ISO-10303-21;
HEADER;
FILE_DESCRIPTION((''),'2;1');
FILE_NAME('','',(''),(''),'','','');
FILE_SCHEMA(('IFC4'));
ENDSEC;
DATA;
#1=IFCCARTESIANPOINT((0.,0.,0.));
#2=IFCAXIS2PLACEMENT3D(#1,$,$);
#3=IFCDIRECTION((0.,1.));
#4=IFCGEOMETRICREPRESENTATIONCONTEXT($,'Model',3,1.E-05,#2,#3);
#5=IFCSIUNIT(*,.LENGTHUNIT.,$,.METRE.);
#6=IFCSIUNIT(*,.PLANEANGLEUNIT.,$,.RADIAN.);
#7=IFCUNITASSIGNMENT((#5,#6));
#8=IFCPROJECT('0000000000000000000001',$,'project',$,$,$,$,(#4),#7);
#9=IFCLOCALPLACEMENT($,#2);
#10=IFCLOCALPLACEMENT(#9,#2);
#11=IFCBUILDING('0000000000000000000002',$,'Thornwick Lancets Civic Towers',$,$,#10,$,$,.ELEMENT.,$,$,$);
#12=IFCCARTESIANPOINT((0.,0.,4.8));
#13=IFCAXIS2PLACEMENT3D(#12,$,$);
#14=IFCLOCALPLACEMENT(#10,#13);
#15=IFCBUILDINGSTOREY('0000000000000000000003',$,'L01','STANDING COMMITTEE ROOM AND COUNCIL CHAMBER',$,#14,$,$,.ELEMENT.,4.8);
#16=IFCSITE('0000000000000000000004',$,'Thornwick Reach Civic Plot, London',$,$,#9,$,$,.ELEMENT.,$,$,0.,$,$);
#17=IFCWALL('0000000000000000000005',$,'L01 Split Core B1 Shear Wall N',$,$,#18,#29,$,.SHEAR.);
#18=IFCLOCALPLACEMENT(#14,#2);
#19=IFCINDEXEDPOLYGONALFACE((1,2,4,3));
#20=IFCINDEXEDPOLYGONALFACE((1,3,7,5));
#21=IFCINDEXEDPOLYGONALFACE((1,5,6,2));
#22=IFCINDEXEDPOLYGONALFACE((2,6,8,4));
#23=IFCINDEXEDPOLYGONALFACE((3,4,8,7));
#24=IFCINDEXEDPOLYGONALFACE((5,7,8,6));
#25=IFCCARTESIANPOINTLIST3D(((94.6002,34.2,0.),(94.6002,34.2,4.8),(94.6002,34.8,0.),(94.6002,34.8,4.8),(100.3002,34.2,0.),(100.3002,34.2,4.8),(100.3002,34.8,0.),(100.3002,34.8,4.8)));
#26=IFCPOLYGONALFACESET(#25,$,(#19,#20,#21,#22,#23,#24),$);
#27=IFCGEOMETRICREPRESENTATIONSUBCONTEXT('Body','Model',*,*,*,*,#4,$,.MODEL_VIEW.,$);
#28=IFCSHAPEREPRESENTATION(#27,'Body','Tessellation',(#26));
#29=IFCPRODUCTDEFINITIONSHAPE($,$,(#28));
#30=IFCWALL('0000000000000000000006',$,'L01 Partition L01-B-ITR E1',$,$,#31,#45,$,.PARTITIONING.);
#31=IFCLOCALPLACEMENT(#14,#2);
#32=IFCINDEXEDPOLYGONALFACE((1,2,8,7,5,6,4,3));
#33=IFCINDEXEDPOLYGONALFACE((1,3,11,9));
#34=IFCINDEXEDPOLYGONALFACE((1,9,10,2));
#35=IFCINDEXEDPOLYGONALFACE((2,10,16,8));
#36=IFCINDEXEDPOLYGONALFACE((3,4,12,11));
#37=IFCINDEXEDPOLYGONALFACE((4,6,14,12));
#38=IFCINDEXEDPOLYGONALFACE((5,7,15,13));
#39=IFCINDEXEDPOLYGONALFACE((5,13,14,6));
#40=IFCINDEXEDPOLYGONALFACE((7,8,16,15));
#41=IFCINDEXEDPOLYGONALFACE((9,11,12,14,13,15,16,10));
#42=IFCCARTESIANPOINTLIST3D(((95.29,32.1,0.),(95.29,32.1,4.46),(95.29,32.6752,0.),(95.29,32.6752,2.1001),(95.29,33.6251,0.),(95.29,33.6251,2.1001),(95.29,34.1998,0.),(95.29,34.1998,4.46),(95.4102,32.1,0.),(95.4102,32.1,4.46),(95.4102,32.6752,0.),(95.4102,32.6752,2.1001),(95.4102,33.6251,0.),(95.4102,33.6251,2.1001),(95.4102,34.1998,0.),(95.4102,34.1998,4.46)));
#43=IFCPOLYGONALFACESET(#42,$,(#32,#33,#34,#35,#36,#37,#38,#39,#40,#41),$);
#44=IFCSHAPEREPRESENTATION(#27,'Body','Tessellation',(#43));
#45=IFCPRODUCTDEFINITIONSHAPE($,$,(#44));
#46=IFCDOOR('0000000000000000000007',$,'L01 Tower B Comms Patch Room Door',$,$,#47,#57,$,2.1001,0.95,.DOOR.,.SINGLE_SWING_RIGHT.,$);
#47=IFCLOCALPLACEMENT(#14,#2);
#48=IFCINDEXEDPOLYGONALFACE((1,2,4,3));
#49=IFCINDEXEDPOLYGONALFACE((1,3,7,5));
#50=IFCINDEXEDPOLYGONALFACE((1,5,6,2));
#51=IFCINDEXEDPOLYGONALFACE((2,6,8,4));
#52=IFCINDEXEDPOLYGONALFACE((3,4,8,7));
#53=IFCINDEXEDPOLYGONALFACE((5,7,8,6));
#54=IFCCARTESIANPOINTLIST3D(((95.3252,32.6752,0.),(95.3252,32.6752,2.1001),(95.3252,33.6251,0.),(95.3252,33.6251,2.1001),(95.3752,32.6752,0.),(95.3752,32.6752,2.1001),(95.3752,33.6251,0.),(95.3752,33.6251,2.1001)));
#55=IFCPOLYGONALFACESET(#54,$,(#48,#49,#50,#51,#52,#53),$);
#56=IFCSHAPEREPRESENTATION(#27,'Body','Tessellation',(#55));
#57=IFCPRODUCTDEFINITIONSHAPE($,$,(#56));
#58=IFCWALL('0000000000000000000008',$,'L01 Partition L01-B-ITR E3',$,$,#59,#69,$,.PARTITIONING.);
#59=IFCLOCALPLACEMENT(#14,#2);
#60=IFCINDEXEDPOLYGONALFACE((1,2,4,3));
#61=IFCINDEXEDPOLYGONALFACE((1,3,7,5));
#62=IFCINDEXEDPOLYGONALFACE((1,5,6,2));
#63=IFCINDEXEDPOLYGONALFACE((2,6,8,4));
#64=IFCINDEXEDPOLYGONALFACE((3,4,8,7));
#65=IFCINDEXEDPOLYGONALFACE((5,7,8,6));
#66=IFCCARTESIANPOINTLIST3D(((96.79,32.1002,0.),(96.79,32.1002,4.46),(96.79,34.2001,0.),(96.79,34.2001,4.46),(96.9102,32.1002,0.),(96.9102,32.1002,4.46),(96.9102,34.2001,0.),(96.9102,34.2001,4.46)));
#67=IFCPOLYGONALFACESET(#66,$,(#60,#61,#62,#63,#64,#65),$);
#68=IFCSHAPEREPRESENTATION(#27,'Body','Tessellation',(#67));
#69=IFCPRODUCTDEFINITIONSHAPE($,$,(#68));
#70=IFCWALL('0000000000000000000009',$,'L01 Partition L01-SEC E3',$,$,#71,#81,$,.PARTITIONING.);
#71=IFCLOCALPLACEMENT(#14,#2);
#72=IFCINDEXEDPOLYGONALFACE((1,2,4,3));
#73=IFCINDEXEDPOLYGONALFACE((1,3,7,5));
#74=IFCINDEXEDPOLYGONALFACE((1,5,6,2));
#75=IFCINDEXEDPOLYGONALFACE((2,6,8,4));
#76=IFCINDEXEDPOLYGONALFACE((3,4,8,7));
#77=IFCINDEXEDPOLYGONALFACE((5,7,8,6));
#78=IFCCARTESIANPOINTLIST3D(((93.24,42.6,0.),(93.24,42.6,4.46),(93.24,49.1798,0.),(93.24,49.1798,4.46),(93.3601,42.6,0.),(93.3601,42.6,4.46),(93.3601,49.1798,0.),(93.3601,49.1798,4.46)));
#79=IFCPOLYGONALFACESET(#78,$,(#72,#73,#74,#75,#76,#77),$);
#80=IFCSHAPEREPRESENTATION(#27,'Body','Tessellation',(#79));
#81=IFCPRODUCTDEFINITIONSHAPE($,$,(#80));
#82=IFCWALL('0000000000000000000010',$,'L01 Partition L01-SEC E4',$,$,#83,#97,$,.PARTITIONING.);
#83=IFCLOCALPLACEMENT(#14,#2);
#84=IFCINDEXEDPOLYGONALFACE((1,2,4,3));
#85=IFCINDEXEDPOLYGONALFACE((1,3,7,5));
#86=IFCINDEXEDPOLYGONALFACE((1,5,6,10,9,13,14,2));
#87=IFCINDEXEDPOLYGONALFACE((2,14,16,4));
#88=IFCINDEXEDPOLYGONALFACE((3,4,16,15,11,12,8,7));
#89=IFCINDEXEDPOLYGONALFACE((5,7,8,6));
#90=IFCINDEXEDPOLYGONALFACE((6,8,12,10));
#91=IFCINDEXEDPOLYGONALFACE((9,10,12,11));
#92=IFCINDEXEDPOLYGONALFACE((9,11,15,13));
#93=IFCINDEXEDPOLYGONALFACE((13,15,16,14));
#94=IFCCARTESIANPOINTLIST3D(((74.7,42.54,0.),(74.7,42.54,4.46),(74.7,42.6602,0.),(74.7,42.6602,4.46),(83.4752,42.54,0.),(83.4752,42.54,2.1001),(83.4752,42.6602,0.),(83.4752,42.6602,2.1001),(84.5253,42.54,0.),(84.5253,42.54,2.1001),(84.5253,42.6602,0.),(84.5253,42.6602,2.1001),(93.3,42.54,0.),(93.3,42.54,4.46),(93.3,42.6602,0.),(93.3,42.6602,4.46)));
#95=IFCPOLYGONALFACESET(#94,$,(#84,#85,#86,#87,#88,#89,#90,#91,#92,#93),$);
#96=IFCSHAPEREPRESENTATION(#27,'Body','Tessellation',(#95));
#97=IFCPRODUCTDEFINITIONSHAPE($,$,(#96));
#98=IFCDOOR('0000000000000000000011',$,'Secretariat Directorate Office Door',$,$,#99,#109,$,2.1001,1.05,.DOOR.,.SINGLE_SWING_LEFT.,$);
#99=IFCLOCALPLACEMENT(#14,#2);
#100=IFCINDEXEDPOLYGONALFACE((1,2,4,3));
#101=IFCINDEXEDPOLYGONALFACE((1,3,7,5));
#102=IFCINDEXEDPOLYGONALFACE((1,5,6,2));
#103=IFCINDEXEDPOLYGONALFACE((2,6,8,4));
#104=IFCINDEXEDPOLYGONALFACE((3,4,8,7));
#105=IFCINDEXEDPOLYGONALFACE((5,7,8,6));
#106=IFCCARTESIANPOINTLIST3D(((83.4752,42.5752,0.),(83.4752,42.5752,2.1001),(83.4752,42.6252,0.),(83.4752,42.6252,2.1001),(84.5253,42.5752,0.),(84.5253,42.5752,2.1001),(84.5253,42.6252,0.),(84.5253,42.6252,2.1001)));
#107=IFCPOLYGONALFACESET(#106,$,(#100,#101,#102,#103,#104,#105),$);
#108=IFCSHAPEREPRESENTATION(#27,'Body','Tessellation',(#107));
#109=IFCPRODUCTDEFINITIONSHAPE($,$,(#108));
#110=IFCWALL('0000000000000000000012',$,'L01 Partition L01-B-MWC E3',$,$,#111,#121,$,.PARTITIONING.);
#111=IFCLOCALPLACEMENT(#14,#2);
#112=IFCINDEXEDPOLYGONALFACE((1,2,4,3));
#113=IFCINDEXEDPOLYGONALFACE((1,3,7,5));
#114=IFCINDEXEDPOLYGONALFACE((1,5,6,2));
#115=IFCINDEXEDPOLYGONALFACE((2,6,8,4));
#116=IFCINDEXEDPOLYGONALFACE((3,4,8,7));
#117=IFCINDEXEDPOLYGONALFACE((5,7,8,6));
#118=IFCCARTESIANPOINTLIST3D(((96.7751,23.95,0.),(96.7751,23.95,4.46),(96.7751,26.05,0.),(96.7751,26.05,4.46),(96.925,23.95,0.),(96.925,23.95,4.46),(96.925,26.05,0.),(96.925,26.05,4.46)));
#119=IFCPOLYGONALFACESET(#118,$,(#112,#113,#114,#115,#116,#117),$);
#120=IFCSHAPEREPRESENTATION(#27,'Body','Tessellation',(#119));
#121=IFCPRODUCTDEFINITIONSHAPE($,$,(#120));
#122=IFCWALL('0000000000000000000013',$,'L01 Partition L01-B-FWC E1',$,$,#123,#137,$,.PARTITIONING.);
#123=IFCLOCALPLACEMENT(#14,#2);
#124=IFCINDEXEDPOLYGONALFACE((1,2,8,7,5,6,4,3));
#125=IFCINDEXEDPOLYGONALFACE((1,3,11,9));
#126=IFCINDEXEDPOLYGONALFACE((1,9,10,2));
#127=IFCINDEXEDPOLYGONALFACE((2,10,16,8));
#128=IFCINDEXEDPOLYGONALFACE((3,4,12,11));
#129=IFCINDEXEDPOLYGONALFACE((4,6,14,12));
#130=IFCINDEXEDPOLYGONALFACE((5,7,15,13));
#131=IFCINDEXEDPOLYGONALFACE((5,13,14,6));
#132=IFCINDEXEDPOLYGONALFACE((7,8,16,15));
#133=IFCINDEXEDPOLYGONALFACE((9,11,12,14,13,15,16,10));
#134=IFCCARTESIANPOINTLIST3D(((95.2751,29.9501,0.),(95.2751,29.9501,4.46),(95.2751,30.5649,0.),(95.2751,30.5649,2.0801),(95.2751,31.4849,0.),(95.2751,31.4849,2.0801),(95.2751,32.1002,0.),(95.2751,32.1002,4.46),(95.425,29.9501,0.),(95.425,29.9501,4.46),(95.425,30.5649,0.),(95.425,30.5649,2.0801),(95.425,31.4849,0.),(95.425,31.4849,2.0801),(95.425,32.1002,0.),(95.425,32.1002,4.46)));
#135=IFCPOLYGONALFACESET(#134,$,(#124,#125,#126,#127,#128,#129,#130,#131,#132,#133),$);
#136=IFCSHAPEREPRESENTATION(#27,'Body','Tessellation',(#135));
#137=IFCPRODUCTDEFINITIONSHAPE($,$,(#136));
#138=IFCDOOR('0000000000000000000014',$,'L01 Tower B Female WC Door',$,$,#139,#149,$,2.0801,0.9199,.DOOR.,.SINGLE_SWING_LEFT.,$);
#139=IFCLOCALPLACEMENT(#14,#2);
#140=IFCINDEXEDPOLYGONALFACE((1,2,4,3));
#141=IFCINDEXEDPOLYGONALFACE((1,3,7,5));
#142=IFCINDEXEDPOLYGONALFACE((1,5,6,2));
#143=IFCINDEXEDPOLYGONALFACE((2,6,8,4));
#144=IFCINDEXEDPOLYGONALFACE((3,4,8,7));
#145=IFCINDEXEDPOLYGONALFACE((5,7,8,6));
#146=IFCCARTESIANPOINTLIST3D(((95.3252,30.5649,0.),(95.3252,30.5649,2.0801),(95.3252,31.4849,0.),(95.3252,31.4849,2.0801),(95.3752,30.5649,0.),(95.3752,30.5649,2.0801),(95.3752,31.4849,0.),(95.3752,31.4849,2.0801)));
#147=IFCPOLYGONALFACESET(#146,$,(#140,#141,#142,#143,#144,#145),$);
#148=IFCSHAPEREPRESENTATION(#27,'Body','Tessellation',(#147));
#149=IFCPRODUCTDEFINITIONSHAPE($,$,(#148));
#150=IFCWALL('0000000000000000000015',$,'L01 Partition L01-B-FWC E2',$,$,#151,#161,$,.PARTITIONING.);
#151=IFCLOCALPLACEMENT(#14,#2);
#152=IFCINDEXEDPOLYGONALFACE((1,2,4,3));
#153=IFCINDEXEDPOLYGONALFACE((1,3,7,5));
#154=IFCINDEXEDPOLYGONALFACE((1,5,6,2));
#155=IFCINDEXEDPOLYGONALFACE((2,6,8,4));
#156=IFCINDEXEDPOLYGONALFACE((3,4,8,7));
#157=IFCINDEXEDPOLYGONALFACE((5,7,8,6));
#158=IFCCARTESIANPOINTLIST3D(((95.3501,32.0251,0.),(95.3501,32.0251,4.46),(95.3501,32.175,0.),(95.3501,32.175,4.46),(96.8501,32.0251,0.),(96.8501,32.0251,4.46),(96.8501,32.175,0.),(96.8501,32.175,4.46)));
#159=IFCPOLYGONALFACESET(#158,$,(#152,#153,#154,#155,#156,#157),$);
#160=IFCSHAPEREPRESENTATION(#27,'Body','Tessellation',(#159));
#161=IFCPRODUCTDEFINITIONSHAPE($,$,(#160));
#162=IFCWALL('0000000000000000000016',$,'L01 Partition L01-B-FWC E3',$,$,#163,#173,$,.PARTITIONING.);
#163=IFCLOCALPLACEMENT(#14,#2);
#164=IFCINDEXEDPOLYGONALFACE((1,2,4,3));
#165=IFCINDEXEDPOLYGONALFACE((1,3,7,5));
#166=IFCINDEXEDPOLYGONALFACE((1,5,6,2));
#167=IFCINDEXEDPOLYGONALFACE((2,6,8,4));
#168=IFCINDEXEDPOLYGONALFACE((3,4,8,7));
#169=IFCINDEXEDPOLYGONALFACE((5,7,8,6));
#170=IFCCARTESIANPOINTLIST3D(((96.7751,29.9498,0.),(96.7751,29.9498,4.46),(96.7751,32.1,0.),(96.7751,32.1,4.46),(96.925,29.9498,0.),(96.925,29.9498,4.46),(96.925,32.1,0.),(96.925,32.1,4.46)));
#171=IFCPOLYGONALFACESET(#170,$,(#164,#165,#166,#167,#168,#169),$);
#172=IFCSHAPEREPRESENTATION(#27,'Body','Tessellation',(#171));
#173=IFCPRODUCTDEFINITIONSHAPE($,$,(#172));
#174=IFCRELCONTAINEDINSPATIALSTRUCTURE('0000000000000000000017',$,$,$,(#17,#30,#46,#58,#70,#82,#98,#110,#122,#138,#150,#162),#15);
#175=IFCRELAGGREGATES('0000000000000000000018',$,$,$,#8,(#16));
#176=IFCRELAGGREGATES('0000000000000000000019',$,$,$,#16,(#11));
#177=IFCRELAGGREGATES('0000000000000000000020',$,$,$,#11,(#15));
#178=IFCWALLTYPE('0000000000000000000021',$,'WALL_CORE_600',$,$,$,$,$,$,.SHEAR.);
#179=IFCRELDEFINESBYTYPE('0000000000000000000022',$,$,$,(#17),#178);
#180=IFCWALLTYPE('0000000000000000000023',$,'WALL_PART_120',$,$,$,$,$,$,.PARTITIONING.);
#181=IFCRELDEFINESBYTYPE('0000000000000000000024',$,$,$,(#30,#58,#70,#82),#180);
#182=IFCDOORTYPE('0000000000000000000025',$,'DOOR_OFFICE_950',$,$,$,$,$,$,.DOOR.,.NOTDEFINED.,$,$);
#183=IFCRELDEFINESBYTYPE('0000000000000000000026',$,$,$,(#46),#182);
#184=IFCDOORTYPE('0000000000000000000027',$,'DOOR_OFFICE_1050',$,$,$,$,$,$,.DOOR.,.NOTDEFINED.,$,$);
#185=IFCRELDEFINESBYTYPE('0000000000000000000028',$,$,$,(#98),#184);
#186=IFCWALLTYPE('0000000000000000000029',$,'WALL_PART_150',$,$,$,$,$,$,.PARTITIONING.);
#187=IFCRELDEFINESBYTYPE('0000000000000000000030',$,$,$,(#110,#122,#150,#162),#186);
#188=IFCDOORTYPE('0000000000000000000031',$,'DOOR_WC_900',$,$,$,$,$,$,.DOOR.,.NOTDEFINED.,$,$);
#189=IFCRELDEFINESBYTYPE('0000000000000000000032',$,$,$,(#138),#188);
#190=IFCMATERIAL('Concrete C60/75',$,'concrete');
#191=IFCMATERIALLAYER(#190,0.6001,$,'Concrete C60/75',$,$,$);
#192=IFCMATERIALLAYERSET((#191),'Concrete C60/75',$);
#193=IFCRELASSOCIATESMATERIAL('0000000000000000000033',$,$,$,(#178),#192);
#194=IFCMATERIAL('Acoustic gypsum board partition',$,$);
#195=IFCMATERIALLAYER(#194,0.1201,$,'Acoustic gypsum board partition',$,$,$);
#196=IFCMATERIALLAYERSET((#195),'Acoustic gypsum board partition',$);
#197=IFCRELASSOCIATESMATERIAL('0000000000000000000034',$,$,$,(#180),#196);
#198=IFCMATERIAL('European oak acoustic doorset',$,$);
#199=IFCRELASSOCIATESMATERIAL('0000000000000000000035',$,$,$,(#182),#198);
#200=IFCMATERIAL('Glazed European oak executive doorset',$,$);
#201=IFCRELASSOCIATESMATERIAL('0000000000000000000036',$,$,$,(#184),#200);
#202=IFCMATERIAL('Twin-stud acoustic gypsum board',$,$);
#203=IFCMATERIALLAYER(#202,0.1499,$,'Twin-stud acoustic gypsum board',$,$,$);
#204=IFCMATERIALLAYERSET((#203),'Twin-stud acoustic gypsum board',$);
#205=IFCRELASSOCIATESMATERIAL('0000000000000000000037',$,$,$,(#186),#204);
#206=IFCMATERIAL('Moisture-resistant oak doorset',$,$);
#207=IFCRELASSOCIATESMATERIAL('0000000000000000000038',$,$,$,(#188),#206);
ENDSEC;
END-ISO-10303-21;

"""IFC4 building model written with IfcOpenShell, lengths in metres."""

from ifc_helpers import new_model, si_unit, direction, frame, frame_2d, origin, place, context, subcontext, project, spatial, rectangle, extrude, material, layer, layer_set, type_object, element, fill, save


model = new_model("IFC4")

# Units and contexts
model_context = context("Model", 3, precision=1e-05, world=origin(), true_north=direction((0.0, 1.0)))
body_context = subcontext(model_context, "Body", "Model", "MODEL_VIEW")
ifc_project = project(units=[si_unit("LENGTHUNIT", "METRE"), si_unit("PLANEANGLEUNIT", "RADIAN")], contexts=[model_context])

# Site, building, storey
site_placement = place(None, origin())
site = spatial("IfcSite", under=ifc_project, at=site_placement, Name="Thornwick Reach Civic Plot, London", CompositionType="ELEMENT", RefElevation=0.0)
building_placement = place(site_placement, origin())
building = spatial("IfcBuilding", under=site, at=building_placement, Name="Thornwick Lancets Civic Towers", CompositionType="ELEMENT")
storey_placement = place(building_placement, frame((0.0, 0.0, 4.8)))
storey = spatial("IfcBuildingStorey", under=building, at=storey_placement, Name="L01", Description="STANDING COMMITTEE ROOM AND COUNCIL CHAMBER", CompositionType="ELEMENT", Elevation=4.8)

# Shared definitions
ifc_material_1 = material(Name="Concrete C60/75", Category="concrete")

# Wall
ifc_layer_1 = layer(ifc_material_1, 0.6001, Name="Concrete C60/75")
ifc_layer_set_1 = layer_set([ifc_layer_1], Name="Concrete C60/75")
wall_type_1 = type_object("IfcWallType", Name="WALL_CORE_600", PredefinedType="SHEAR", material=ifc_layer_set_1)
wall_1_placement = place(storey_placement, frame((94.6001, 34.5, 0.0), z_axis=(0.0, 0.0, 1.0), x_axis=(1.0, 0.0, 0.0)))
element("IfcWall", 1, at=wall_1_placement, inside=storey, type_object=wall_type_1, Name="L01 Split Core B1 Shear Wall N", PredefinedType="SHEAR", context=body_context, shape_type="SweptSolid", body=[
    extrude(rectangle(XDim=5.7, YDim=0.6001, at=frame_2d((2.8501, 0.0))), origin(), (0.0, 0.0, 1.0), 4.8),
])

# Wall, opening, door
ifc_material_2 = material(Name="Acoustic gypsum board partition")
ifc_layer_2 = layer(ifc_material_2, 0.1201, Name="Acoustic gypsum board partition")
ifc_layer_set_2 = layer_set([ifc_layer_2], Name="Acoustic gypsum board partition")
wall_type_2 = type_object("IfcWallType", Name="WALL_PART_120", PredefinedType="PARTITIONING", material=ifc_layer_set_2)
wall_2_placement = place(storey_placement, frame((95.3501, 32.1001, 0.0), z_axis=(0.0, 0.0, 1.0), x_axis=(0.0, 1.0, 0.0)))
wall_2 = element("IfcWall", 2, at=wall_2_placement, inside=storey, type_object=wall_type_2, Name="L01 Partition L01-B-ITR E1", PredefinedType="PARTITIONING", context=body_context, shape_type="SweptSolid", body=[
    extrude(rectangle(XDim=2.0999, YDim=0.1201, at=frame_2d((1.0498, 0.0))), origin(), (0.0, 0.0, 1.0), 4.46),
])
opening_1_placement = place(wall_2_placement, frame((0.575, 0.0, 0.0)))
opening_1 = element("IfcOpeningElement", 3, at=opening_1_placement, cuts=wall_2, PredefinedType="OPENING", context=body_context, shape_type="SweptSolid", body=[
    extrude(rectangle(XDim=0.95, YDim=2.1001, at=frame_2d((0.4751, 1.05))), frame((0.0, 0.0701, 0.0), z_axis=(0.0, -1.0, 0.0), x_axis=(1.0, 0.0, 0.0)), (0.0, 0.0, 1.0), 0.1401),
])
ifc_material_3 = material(Name="European oak acoustic doorset")
door_type_1 = type_object("IfcDoorType", Name="DOOR_OFFICE_950", OperationType="NOTDEFINED", PredefinedType="DOOR", material=ifc_material_3)
door_1_placement = place(opening_1_placement, origin())
door_1 = element("IfcDoor", 4, at=door_1_placement, inside=storey, type_object=door_type_1, Name="L01 Tower B Comms Patch Room Door", OperationType="SINGLE_SWING_RIGHT", OverallHeight=2.1001, OverallWidth=0.95, PredefinedType="DOOR", context=body_context, shape_type="SweptSolid", body=[
    extrude(rectangle(XDim=0.95, YDim=2.1001, at=frame_2d((0.4751, 1.05))), frame((0.0, 0.0249, 0.0), z_axis=(0.0, -1.0, 0.0), x_axis=(1.0, 0.0, 0.0)), (0.0, 0.0, 1.0), 0.05),
])
fill(opening_1, door_1)

# Walls
wall_3_placement = place(storey_placement, frame((96.8501, 34.2, 0.0), z_axis=(0.0, 0.0, 1.0), x_axis=(0.0, -1.0, 0.0)))
element("IfcWall", 5, at=wall_3_placement, inside=storey, type_object=wall_type_2, Name="L01 Partition L01-B-ITR E3", PredefinedType="PARTITIONING", context=body_context, shape_type="SweptSolid", body=[
    extrude(rectangle(XDim=2.0999, YDim=0.1201, at=frame_2d((1.0498, 0.0))), origin(), (0.0, 0.0, 1.0), 4.46),
])
wall_4_placement = place(storey_placement, frame((93.3, 49.1799, 0.0), z_axis=(0.0, 0.0, 1.0), x_axis=(0.0, -1.0, 0.0)))
element("IfcWall", 6, at=wall_4_placement, inside=storey, type_object=wall_type_2, Name="L01 Partition L01-SEC E3", PredefinedType="PARTITIONING", context=body_context, shape_type="SweptSolid", body=[
    extrude(rectangle(XDim=6.5798, YDim=0.1201, at=frame_2d((3.29, 0.0))), origin(), (0.0, 0.0, 1.0), 4.46),
])

# Wall, opening, door
wall_5_placement = place(storey_placement, frame((93.3, 42.6001, 0.0), z_axis=(0.0, 0.0, 1.0), x_axis=(-1.0, 0.0, 0.0)))
wall_5 = element("IfcWall", 7, at=wall_5_placement, inside=storey, type_object=wall_type_2, Name="L01 Partition L01-SEC E4", PredefinedType="PARTITIONING", context=body_context, shape_type="SweptSolid", body=[
    extrude(rectangle(XDim=18.6001, YDim=0.1201, at=frame_2d((9.3, 0.0))), origin(), (0.0, 0.0, 1.0), 4.46),
])
opening_2_placement = place(wall_5_placement, frame((8.7749, 0.0, 0.0)))
opening_2 = element("IfcOpeningElement", 8, at=opening_2_placement, cuts=wall_5, PredefinedType="OPENING", context=body_context, shape_type="SweptSolid", body=[
    extrude(rectangle(XDim=1.05, YDim=2.1001, at=frame_2d((0.5249, 1.05))), frame((0.0, 0.0701, 0.0), z_axis=(0.0, -1.0, 0.0), x_axis=(1.0, 0.0, 0.0)), (0.0, 0.0, 1.0), 0.1401),
])
ifc_material_4 = material(Name="Glazed European oak executive doorset")
door_type_2 = type_object("IfcDoorType", Name="DOOR_OFFICE_1050", OperationType="NOTDEFINED", PredefinedType="DOOR", material=ifc_material_4)
door_2_placement = place(opening_2_placement, origin())
door_2 = element("IfcDoor", 9, at=door_2_placement, inside=storey, type_object=door_type_2, Name="Secretariat Directorate Office Door", OperationType="SINGLE_SWING_LEFT", OverallHeight=2.1001, OverallWidth=1.05, PredefinedType="DOOR", context=body_context, shape_type="SweptSolid", body=[
    extrude(rectangle(XDim=1.05, YDim=2.1001, at=frame_2d((0.5249, 1.05))), frame((0.0, 0.0249, 0.0), z_axis=(0.0, -1.0, 0.0), x_axis=(1.0, 0.0, 0.0)), (0.0, 0.0, 1.0), 0.05),
])
fill(opening_2, door_2)

# Wall
ifc_material_5 = material(Name="Twin-stud acoustic gypsum board")
ifc_layer_3 = layer(ifc_material_5, 0.1499, Name="Twin-stud acoustic gypsum board")
ifc_layer_set_3 = layer_set([ifc_layer_3], Name="Twin-stud acoustic gypsum board")
wall_type_3 = type_object("IfcWallType", Name="WALL_PART_150", PredefinedType="PARTITIONING", material=ifc_layer_set_3)
wall_6_placement = place(storey_placement, frame((96.8501, 26.05, 0.0), z_axis=(0.0, 0.0, 1.0), x_axis=(0.0, -1.0, 0.0)))
element("IfcWall", 10, at=wall_6_placement, inside=storey, type_object=wall_type_3, Name="L01 Partition L01-B-MWC E3", PredefinedType="PARTITIONING", context=body_context, shape_type="SweptSolid", body=[
    extrude(rectangle(XDim=2.1001, YDim=0.1499, at=frame_2d((1.05, 0.0))), origin(), (0.0, 0.0, 1.0), 4.46),
])

# Wall, opening, door
wall_7_placement = place(storey_placement, frame((95.3501, 29.95, 0.0), z_axis=(0.0, 0.0, 1.0), x_axis=(0.0, 1.0, 0.0)))
wall_7 = element("IfcWall", 11, at=wall_7_placement, inside=storey, type_object=wall_type_3, Name="L01 Partition L01-B-FWC E1", PredefinedType="PARTITIONING", context=body_context, shape_type="SweptSolid", body=[
    extrude(rectangle(XDim=2.1501, YDim=0.1499, at=frame_2d((1.0752, 0.0))), origin(), (0.0, 0.0, 1.0), 4.46),
])
opening_3_placement = place(wall_7_placement, frame((0.615, 0.0, 0.0)))
opening_3 = element("IfcOpeningElement", 12, at=opening_3_placement, cuts=wall_7, PredefinedType="OPENING", context=body_context, shape_type="SweptSolid", body=[
    extrude(rectangle(XDim=0.9199, YDim=2.0801, at=frame_2d((0.46, 1.04))), frame((0.0, 0.085, 0.0), z_axis=(0.0, -1.0, 0.0), x_axis=(1.0, 0.0, 0.0)), (0.0, 0.0, 1.0), 0.1699),
])
ifc_material_6 = material(Name="Moisture-resistant oak doorset")
door_type_3 = type_object("IfcDoorType", Name="DOOR_WC_900", OperationType="NOTDEFINED", PredefinedType="DOOR", material=ifc_material_6)
door_3_placement = place(opening_3_placement, origin())
door_3 = element("IfcDoor", 13, at=door_3_placement, inside=storey, type_object=door_type_3, Name="L01 Tower B Female WC Door", OperationType="SINGLE_SWING_LEFT", OverallHeight=2.0801, OverallWidth=0.9199, PredefinedType="DOOR", context=body_context, shape_type="SweptSolid", body=[
    extrude(rectangle(XDim=0.9199, YDim=2.0801, at=frame_2d((0.46, 1.04))), frame((0.0, 0.0249, 0.0), z_axis=(0.0, -1.0, 0.0), x_axis=(1.0, 0.0, 0.0)), (0.0, 0.0, 1.0), 0.05),
])
fill(opening_3, door_3)

# Walls
wall_8_placement = place(storey_placement, frame((95.3501, 32.1001, 0.0), z_axis=(0.0, 0.0, 1.0), x_axis=(1.0, 0.0, 0.0)))
element("IfcWall", 14, at=wall_8_placement, inside=storey, type_object=wall_type_3, Name="L01 Partition L01-B-FWC E2", PredefinedType="PARTITIONING", context=body_context, shape_type="SweptSolid", body=[
    extrude(rectangle(XDim=1.5, YDim=0.1499, at=frame_2d((0.75, 0.0))), origin(), (0.0, 0.0, 1.0), 4.46),
])
wall_9_placement = place(storey_placement, frame((96.8501, 32.1001, 0.0), z_axis=(0.0, 0.0, 1.0), x_axis=(0.0, -1.0, 0.0)))
element("IfcWall", 15, at=wall_9_placement, inside=storey, type_object=wall_type_3, Name="L01 Partition L01-B-FWC E3", PredefinedType="PARTITIONING", context=body_context, shape_type="SweptSolid", body=[
    extrude(rectangle(XDim=2.1501, YDim=0.1499, at=frame_2d((1.0752, 0.0))), origin(), (0.0, 0.0, 1.0), 4.46),
])

save(model, "model.ifc")
